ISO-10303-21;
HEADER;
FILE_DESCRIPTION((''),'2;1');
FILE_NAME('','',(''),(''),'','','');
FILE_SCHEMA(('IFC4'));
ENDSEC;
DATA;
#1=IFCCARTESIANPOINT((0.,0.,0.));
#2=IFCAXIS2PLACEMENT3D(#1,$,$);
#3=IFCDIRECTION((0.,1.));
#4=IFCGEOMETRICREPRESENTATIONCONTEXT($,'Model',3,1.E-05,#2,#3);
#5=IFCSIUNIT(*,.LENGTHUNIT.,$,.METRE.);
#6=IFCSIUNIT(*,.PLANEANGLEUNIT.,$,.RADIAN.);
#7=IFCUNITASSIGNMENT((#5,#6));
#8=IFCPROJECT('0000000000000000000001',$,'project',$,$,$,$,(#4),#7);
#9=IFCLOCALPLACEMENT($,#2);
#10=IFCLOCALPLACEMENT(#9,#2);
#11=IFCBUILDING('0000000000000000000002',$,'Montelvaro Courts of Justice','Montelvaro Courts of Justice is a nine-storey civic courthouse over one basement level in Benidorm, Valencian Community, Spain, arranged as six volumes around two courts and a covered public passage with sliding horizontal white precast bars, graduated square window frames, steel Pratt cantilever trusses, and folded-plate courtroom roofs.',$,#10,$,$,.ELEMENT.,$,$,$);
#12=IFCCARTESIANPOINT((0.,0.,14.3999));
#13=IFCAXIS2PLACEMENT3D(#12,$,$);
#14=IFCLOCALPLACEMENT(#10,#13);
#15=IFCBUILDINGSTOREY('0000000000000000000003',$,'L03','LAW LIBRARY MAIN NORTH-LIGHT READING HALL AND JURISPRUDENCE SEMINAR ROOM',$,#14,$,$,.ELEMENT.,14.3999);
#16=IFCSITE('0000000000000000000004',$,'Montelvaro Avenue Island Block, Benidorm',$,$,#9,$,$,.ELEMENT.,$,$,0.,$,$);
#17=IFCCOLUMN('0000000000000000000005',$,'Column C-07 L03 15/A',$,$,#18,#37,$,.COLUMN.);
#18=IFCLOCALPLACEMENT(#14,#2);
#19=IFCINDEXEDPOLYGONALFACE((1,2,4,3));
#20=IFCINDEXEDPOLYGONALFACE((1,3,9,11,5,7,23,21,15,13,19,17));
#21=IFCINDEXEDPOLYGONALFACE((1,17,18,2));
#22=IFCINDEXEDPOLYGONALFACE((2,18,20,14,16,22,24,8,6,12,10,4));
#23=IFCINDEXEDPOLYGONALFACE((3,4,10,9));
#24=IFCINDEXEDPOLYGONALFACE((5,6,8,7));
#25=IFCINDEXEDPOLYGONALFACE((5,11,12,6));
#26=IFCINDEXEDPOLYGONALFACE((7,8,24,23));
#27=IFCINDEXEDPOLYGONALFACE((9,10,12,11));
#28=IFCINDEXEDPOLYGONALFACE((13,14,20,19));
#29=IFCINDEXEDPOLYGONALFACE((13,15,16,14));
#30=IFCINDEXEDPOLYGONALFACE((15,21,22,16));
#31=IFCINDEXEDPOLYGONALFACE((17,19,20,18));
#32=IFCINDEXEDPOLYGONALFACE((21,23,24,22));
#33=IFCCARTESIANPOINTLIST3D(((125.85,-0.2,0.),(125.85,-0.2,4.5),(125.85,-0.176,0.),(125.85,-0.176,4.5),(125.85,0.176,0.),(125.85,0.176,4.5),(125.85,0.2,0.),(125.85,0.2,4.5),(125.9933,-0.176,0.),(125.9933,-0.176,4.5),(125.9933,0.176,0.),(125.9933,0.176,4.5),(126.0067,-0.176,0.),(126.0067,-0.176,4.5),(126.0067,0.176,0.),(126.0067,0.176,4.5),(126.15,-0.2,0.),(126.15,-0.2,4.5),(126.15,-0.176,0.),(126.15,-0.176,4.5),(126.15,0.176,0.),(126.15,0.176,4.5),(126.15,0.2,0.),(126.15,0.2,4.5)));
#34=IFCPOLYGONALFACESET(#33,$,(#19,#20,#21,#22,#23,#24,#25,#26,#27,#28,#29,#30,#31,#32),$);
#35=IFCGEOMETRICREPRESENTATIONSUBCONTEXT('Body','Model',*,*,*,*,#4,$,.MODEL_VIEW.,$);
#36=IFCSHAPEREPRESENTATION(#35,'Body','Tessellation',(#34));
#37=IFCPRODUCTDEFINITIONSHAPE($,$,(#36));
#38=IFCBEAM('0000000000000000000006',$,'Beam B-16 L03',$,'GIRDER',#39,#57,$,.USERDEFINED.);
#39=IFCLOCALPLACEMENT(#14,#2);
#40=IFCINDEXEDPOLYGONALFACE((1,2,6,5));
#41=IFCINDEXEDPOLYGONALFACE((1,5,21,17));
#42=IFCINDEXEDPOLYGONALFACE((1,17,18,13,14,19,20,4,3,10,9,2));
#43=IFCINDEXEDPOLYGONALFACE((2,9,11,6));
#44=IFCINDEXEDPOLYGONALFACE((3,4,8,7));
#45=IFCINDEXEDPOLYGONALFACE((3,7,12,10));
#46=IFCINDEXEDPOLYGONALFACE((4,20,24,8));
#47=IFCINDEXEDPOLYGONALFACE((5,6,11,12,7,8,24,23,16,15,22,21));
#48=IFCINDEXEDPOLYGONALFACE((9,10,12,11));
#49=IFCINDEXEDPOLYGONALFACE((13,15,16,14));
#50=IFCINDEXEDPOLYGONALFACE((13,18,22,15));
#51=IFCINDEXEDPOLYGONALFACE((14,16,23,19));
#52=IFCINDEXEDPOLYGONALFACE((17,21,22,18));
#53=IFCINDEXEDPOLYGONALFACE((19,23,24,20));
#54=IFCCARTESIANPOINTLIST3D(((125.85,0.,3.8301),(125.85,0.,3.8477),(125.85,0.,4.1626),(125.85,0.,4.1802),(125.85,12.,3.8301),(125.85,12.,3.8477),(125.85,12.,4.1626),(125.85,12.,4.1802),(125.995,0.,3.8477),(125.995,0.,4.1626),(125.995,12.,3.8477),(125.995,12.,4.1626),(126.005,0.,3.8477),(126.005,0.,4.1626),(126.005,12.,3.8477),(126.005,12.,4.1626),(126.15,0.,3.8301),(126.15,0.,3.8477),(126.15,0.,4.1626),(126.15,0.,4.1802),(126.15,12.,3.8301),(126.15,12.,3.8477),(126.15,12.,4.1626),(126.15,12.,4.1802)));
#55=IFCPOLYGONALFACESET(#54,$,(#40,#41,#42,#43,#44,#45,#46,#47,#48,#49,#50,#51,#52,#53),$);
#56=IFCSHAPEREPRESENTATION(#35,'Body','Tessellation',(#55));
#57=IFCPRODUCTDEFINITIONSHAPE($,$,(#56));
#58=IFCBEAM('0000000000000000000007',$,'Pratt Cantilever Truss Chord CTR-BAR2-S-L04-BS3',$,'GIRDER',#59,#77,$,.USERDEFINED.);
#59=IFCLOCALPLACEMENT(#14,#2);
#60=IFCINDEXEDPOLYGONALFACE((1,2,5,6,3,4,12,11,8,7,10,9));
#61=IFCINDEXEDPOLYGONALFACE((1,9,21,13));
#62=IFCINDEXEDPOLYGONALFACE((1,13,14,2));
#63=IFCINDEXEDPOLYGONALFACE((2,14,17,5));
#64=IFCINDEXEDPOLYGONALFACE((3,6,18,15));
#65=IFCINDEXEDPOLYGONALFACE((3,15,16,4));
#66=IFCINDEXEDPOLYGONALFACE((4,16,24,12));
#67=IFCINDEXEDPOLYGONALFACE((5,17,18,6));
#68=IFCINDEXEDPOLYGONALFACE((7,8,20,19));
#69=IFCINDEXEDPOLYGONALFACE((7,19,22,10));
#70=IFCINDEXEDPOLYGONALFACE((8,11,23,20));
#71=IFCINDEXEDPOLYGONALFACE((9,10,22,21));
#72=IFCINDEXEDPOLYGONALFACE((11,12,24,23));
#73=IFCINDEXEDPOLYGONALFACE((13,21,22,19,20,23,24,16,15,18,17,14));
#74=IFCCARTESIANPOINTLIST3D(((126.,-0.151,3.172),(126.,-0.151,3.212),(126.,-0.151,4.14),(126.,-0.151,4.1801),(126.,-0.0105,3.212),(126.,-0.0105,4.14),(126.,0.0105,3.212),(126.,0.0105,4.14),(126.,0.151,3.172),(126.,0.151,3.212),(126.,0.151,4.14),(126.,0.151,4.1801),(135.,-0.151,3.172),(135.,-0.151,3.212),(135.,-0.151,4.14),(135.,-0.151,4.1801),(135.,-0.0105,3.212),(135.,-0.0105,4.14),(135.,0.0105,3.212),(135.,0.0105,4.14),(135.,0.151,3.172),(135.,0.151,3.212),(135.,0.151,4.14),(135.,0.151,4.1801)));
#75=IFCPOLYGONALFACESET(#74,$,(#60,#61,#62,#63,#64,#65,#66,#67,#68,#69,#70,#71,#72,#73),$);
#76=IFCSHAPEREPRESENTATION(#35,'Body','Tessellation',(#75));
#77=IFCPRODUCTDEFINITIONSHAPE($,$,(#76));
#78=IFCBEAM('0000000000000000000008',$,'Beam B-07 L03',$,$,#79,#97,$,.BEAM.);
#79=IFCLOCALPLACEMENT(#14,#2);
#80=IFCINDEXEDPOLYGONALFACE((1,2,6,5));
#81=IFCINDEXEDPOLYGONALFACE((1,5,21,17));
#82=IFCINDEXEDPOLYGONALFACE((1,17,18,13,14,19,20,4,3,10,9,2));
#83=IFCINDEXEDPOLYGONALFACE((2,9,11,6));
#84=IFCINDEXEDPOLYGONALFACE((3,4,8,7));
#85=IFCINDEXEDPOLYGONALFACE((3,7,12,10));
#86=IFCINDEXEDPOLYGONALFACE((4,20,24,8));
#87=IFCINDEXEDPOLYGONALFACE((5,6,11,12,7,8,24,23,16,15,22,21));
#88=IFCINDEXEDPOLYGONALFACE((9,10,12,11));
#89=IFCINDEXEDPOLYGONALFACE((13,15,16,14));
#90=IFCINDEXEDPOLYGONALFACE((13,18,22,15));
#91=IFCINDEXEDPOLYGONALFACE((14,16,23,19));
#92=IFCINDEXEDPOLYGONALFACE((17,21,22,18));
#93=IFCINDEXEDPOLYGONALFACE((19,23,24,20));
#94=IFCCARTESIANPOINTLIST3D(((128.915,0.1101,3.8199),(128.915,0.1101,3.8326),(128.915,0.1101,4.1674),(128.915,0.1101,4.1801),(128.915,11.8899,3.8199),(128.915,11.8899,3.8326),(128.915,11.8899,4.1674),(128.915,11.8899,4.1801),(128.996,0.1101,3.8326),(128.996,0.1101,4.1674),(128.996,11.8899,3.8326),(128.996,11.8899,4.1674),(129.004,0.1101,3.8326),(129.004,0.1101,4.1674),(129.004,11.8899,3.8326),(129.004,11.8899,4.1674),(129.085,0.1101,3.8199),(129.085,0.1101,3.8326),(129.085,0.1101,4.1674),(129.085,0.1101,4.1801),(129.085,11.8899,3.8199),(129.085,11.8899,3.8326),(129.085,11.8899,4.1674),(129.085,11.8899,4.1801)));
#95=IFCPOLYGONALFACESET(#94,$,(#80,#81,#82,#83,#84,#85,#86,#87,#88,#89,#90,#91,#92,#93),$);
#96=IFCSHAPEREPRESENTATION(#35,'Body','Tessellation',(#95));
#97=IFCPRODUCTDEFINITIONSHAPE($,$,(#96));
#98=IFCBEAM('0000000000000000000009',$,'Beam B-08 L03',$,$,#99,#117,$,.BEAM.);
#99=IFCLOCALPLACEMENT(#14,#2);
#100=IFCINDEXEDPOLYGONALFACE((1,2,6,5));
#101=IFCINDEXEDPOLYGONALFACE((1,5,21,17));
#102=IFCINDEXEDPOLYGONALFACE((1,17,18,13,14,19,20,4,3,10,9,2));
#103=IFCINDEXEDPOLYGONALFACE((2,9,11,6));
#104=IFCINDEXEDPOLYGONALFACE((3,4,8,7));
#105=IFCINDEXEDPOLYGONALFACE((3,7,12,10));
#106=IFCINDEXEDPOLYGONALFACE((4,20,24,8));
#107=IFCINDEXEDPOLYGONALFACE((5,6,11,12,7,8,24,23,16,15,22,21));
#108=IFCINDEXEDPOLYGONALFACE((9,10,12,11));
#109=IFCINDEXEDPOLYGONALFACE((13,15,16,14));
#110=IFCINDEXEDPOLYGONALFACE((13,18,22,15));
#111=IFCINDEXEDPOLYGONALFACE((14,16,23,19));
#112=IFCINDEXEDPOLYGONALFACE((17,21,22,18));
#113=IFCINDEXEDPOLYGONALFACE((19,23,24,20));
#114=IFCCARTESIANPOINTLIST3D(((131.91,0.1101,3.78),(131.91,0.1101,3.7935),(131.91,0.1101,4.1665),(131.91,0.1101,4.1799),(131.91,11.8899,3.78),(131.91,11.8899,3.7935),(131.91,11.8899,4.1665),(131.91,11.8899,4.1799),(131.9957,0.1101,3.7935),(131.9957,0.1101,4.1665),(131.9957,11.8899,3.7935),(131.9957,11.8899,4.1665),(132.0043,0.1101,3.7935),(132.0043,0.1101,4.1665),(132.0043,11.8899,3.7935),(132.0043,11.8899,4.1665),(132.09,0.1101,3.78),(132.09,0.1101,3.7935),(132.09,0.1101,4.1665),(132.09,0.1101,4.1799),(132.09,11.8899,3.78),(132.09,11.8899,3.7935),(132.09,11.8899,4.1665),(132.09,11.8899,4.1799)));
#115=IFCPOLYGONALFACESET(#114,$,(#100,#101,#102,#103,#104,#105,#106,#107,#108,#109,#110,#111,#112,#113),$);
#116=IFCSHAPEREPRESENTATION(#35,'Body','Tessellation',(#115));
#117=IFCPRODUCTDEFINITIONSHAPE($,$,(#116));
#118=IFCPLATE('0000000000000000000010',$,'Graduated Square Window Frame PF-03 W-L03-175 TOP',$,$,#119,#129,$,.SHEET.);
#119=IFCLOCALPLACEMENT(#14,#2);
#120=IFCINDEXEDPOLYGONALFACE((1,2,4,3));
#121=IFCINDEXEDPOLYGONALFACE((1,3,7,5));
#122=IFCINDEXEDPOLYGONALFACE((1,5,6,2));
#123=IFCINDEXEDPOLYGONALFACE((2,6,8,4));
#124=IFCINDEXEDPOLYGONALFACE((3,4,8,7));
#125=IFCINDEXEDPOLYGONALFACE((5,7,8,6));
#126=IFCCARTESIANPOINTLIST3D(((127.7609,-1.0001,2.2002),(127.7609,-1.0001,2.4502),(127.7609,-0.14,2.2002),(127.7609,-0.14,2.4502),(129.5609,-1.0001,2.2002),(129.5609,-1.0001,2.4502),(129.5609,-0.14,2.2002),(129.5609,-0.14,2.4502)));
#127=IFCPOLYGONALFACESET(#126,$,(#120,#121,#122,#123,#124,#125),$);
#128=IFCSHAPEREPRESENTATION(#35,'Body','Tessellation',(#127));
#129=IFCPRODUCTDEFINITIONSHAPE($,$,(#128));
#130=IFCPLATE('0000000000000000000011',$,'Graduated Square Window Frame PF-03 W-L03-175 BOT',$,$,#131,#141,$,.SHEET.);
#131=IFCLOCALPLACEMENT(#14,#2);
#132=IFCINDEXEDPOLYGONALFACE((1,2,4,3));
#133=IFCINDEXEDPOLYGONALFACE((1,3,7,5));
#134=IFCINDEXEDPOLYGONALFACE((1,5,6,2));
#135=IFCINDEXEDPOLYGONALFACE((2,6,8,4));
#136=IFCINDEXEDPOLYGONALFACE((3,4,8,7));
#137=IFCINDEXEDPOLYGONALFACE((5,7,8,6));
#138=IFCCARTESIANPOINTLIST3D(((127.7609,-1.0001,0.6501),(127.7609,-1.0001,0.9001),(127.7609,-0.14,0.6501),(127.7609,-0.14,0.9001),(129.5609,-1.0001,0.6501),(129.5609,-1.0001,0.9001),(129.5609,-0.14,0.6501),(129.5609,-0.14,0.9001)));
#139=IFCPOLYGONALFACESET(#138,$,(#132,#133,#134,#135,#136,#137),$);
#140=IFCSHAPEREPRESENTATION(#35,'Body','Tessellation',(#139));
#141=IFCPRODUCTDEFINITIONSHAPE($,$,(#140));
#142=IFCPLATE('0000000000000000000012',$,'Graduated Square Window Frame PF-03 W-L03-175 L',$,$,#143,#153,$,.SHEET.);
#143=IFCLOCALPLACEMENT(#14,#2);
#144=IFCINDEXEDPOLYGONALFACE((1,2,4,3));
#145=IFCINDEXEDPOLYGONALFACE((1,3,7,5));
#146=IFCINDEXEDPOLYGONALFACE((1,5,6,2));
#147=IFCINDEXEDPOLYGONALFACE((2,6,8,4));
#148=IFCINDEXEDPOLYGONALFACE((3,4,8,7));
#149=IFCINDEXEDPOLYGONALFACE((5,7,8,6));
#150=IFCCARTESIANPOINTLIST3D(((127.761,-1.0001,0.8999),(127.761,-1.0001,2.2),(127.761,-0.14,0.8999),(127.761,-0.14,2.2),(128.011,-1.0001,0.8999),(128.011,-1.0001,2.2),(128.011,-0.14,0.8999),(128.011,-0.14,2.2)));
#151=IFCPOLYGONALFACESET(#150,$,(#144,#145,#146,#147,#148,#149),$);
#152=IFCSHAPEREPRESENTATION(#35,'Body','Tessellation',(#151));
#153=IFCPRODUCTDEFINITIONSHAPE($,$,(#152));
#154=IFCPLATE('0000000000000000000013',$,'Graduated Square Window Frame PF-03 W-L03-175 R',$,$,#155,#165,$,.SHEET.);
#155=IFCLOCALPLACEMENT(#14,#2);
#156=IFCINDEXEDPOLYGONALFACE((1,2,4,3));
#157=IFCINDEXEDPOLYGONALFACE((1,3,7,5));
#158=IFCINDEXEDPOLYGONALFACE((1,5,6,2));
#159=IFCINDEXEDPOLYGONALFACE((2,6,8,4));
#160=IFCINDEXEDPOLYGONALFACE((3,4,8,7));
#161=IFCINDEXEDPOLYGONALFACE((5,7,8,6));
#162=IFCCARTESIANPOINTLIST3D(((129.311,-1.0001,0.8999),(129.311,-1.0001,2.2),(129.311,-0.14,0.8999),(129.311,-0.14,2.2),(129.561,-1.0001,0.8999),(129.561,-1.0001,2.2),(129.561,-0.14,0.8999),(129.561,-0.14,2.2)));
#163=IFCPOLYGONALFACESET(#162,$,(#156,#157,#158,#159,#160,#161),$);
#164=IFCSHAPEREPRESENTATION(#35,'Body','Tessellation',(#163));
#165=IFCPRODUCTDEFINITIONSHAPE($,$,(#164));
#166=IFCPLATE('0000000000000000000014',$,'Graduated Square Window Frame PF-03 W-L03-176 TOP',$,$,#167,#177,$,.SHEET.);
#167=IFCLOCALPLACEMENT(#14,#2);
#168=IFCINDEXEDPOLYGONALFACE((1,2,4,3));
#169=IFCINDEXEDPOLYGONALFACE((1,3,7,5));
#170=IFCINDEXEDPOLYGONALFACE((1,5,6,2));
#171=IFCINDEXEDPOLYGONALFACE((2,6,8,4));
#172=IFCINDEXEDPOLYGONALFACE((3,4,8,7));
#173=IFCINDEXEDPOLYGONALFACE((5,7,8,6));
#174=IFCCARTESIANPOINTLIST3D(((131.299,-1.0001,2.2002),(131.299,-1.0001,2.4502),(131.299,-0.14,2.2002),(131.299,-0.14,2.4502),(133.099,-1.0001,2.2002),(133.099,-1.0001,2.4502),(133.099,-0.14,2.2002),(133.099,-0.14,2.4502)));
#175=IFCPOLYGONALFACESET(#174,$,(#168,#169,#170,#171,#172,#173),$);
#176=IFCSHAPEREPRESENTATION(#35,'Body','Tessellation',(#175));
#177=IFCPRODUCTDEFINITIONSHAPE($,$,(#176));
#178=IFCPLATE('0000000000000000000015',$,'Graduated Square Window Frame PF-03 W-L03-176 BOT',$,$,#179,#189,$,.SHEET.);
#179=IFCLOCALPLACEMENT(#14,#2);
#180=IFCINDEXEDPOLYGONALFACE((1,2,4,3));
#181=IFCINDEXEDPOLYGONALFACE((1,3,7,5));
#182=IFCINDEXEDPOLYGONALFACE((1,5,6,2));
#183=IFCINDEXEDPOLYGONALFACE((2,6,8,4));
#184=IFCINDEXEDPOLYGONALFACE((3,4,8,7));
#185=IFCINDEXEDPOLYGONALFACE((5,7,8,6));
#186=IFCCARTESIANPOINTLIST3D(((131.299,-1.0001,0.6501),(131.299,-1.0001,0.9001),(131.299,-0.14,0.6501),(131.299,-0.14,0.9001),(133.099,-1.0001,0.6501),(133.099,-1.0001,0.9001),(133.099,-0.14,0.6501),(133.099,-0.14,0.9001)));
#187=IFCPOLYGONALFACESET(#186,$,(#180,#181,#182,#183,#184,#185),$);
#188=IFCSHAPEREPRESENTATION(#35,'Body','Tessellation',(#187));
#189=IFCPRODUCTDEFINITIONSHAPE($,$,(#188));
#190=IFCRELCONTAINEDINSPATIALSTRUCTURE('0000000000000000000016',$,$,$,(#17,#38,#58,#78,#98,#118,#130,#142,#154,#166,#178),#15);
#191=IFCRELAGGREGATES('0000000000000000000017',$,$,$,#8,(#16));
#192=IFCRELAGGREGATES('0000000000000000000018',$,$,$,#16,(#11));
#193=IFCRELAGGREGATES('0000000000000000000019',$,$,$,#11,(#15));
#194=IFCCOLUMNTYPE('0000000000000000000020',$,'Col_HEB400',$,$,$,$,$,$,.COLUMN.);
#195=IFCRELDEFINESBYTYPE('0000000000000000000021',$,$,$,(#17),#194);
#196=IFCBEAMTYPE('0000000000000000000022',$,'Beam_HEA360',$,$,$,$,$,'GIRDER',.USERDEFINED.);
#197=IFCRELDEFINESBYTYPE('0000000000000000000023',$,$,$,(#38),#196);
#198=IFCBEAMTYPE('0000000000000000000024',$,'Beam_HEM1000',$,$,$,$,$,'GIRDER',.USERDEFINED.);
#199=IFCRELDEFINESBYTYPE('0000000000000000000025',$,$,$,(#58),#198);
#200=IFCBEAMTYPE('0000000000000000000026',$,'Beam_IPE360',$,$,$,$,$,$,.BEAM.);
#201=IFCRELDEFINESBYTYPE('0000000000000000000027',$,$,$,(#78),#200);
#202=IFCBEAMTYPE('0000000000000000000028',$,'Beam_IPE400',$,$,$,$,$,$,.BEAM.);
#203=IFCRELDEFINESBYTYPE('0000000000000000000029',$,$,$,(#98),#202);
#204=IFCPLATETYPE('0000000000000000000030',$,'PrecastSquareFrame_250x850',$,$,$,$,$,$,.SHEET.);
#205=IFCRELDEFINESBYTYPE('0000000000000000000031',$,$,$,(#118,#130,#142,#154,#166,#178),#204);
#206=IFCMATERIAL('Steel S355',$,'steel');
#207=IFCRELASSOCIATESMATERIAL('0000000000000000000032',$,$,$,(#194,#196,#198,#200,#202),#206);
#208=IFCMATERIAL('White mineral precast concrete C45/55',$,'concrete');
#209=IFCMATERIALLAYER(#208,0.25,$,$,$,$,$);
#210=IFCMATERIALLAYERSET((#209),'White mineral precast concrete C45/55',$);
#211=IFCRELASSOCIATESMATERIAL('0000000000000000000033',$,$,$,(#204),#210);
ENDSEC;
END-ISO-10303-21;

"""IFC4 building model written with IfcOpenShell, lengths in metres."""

from ifc_helpers import new_model, si_unit, direction, frame, origin, origin_2d, place, context, subcontext, project, spatial, rectangle, i_section, extrude, material, layer, layer_set, material_profile, profile_set, type_object, element, save


model = new_model("IFC4")

# Units and contexts
model_context = context("Model", 3, precision=1e-05, world=origin(), true_north=direction((0.0, 1.0)))
body_context = subcontext(model_context, "Body", "Model", "MODEL_VIEW")
ifc_project = project(units=[si_unit("LENGTHUNIT", "METRE"), si_unit("PLANEANGLEUNIT", "RADIAN")], contexts=[model_context])

# Site, building, storey
site_placement = place(None, origin())
site = spatial("IfcSite", under=ifc_project, at=site_placement, Name="Montelvaro Avenue Island Block, Benidorm", CompositionType="ELEMENT", RefElevation=0.0)
building_placement = place(site_placement, origin())
building = spatial("IfcBuilding", under=site, at=building_placement, Name="Montelvaro Courts of Justice", Description="Montelvaro Courts of Justice is a nine-storey civic courthouse over one basement level in Benidorm, Valencian Community, Spain, arranged as six volumes around two courts and a covered public passage with sliding horizontal white precast bars, graduated square window frames, steel Pratt cantilever trusses, and folded-plate courtroom roofs.", CompositionType="ELEMENT")
storey_placement = place(building_placement, frame((0.0, 0.0, 14.3999)))
storey = spatial("IfcBuildingStorey", under=building, at=storey_placement, Name="L03", Description="LAW LIBRARY MAIN NORTH-LIGHT READING HALL AND JURISPRUDENCE SEMINAR ROOM", CompositionType="ELEMENT", Elevation=14.3999)

# Column
ifc_material_1 = material(Name="Steel S355", Category="steel")
ifc_material_profile_1 = material_profile(ifc_material_1, i_section(OverallWidth=0.3, OverallDepth=0.3999, WebThickness=0.0134, FlangeThickness=0.0239, at=origin_2d()), Name="HEB 400")
ifc_profile_set_1 = profile_set([ifc_material_profile_1], Name="Steel S355")
column_type = type_object("IfcColumnType", Name="Col_HEB400", PredefinedType="COLUMN", material=ifc_profile_set_1)
column_placement = place(storey_placement, frame((126.0, 0.0, 0.0), z_axis=(0.0, 0.0, 1.0), x_axis=(1.0, 0.0, 0.0)))
element("IfcColumn", 1, at=column_placement, inside=storey, type_object=column_type, Name="Column C-07 L03 15/A", PredefinedType="COLUMN", context=body_context, shape_type="SweptSolid", body=[
    extrude(i_section(OverallWidth=0.3, OverallDepth=0.3999, WebThickness=0.0134, FlangeThickness=0.0239, at=origin_2d()), origin(), (0.0, 0.0, 1.0), 4.5),
])

# Beams
ifc_material_profile_2 = material_profile(ifc_material_1, i_section(OverallWidth=0.3, OverallDepth=0.3501, WebThickness=0.01, FlangeThickness=0.0176, at=origin_2d()), Name="HEA 360")
ifc_profile_set_2 = profile_set([ifc_material_profile_2], Name="Steel S355")
beam_type_1 = type_object("IfcBeamType", Name="Beam_HEA360", ElementType="GIRDER", PredefinedType="USERDEFINED", material=ifc_profile_set_2)
beam_1_placement = place(storey_placement, frame((126.0, 0.0, 4.0051), z_axis=(0.0, 1.0, 0.0), x_axis=(-1.0, 0.0, 0.0)))
element("IfcBeam", 2, at=beam_1_placement, inside=storey, type_object=beam_type_1, Name="Beam B-16 L03", ObjectType="GIRDER", PredefinedType="USERDEFINED", context=body_context, shape_type="SweptSolid", body=[
    extrude(i_section(OverallWidth=0.3, OverallDepth=0.3501, WebThickness=0.01, FlangeThickness=0.0176, at=origin_2d()), origin(), (0.0, 0.0, 1.0), 12.0),
])
ifc_material_profile_3 = material_profile(ifc_material_1, i_section(OverallWidth=0.302, OverallDepth=1.0081, WebThickness=0.021, FlangeThickness=0.04, at=origin_2d()), Name="HEM 1000")
ifc_profile_set_3 = profile_set([ifc_material_profile_3], Name="Steel S355")
beam_type_2 = type_object("IfcBeamType", Name="Beam_HEM1000", ElementType="GIRDER", PredefinedType="USERDEFINED", material=ifc_profile_set_3)
beam_2_placement = place(storey_placement, frame((126.0, 0.0, 3.676), z_axis=(1.0, 0.0, 0.0), x_axis=(0.0, 1.0, 0.0)))
element("IfcBeam", 3, at=beam_2_placement, inside=storey, type_object=beam_type_2, Name="Pratt Cantilever Truss Chord CTR-BAR2-S-L04-BS3", ObjectType="GIRDER", PredefinedType="USERDEFINED", context=body_context, shape_type="SweptSolid", body=[
    extrude(i_section(OverallWidth=0.302, OverallDepth=1.0081, WebThickness=0.021, FlangeThickness=0.04, at=origin_2d()), origin(), (0.0, 0.0, 1.0), 9.0),
])
ifc_material_profile_4 = material_profile(ifc_material_1, i_section(OverallWidth=0.1699, OverallDepth=0.3601, WebThickness=0.0081, FlangeThickness=0.0127, at=origin_2d()), Name="IPE 360")
ifc_profile_set_4 = profile_set([ifc_material_profile_4], Name="Steel S355")
beam_type_3 = type_object("IfcBeamType", Name="Beam_IPE360", PredefinedType="BEAM", material=ifc_profile_set_4)
beam_3_placement = place(storey_placement, frame((129.0, 0.1101, 4.0), z_axis=(0.0, 1.0, 0.0), x_axis=(-1.0, 0.0, 0.0)))
element("IfcBeam", 4, at=beam_3_placement, inside=storey, type_object=beam_type_3, Name="Beam B-07 L03", PredefinedType="BEAM", context=body_context, shape_type="SweptSolid", body=[
    extrude(i_section(OverallWidth=0.1699, OverallDepth=0.3601, WebThickness=0.0081, FlangeThickness=0.0127, at=origin_2d()), origin(), (0.0, 0.0, 1.0), 11.7798),
])
ifc_material_profile_5 = material_profile(ifc_material_1, i_section(OverallWidth=0.1799, OverallDepth=0.3999, WebThickness=0.0085, FlangeThickness=0.0134, at=origin_2d()), Name="IPE 400")
ifc_profile_set_5 = profile_set([ifc_material_profile_5], Name="Steel S355")
beam_type_4 = type_object("IfcBeamType", Name="Beam_IPE400", PredefinedType="BEAM", material=ifc_profile_set_5)
beam_4_placement = place(storey_placement, frame((132.0, 0.1101, 3.98), z_axis=(0.0, 1.0, 0.0), x_axis=(-1.0, 0.0, 0.0)))
element("IfcBeam", 5, at=beam_4_placement, inside=storey, type_object=beam_type_4, Name="Beam B-08 L03", PredefinedType="BEAM", context=body_context, shape_type="SweptSolid", body=[
    extrude(i_section(OverallWidth=0.1799, OverallDepth=0.3999, WebThickness=0.0085, FlangeThickness=0.0134, at=origin_2d()), origin(), (0.0, 0.0, 1.0), 11.7798),
])

# Plates
ifc_material_2 = material(Name="White mineral precast concrete C45/55", Category="concrete")
ifc_layer_1 = layer(ifc_material_2, 0.25)
ifc_layer_set_1 = layer_set([ifc_layer_1], Name="White mineral precast concrete C45/55")
plate_type = type_object("IfcPlateType", Name="PrecastSquareFrame_250x850", PredefinedType="SHEET", material=ifc_layer_set_1)
for number, where, z_axis, x_axis, name in (
    (6, (128.6609, -0.5701, 2.2002), (0.0, 0.0, 1.0), (1.0, 0.0, 0.0), "Graduated Square Window Frame PF-03 W-L03-175 TOP"),
    (7, (128.6609, -0.5701, 0.6501), (0.0, 0.0, 1.0), (1.0, 0.0, 0.0), "Graduated Square Window Frame PF-03 W-L03-175 BOT"),
):
    element("IfcPlate", number, at=place(storey_placement, frame(where, z_axis=z_axis, x_axis=x_axis)), inside=storey, type_object=plate_type, Name=name, PredefinedType="SHEET", context=body_context, shape_type="SweptSolid", body=[
        extrude(rectangle(XDim=1.8, YDim=0.8601, at=origin_2d()), origin(), (0.0, 0.0, 1.0), 0.25),
    ])
for number, where, z_axis, x_axis, name in (
    (8, (127.886, -0.5701, 0.8999), (0.0, 0.0, 1.0), (1.0, 0.0, 0.0), "Graduated Square Window Frame PF-03 W-L03-175 L"),
    (9, (129.436, -0.5701, 0.8999), (0.0, 0.0, 1.0), (1.0, 0.0, 0.0), "Graduated Square Window Frame PF-03 W-L03-175 R"),
):
    element("IfcPlate", number, at=place(storey_placement, frame(where, z_axis=z_axis, x_axis=x_axis)), inside=storey, type_object=plate_type, Name=name, PredefinedType="SHEET", context=body_context, shape_type="SweptSolid", body=[
        extrude(rectangle(XDim=0.25, YDim=0.8601, at=origin_2d()), origin(), (0.0, 0.0, 1.0), 1.3),
    ])
for number, where, z_axis, x_axis, name in (
    (10, (132.199, -0.5701, 2.2002), (0.0, 0.0, 1.0), (1.0, 0.0, 0.0), "Graduated Square Window Frame PF-03 W-L03-176 TOP"),
    (11, (132.199, -0.5701, 0.6501), (0.0, 0.0, 1.0), (1.0, 0.0, 0.0), "Graduated Square Window Frame PF-03 W-L03-176 BOT"),
):
    element("IfcPlate", number, at=place(storey_placement, frame(where, z_axis=z_axis, x_axis=x_axis)), inside=storey, type_object=plate_type, Name=name, PredefinedType="SHEET", context=body_context, shape_type="SweptSolid", body=[
        extrude(rectangle(XDim=1.8, YDim=0.8601, at=origin_2d()), origin(), (0.0, 0.0, 1.0), 0.25),
    ])

save(model, "model.ifc")
